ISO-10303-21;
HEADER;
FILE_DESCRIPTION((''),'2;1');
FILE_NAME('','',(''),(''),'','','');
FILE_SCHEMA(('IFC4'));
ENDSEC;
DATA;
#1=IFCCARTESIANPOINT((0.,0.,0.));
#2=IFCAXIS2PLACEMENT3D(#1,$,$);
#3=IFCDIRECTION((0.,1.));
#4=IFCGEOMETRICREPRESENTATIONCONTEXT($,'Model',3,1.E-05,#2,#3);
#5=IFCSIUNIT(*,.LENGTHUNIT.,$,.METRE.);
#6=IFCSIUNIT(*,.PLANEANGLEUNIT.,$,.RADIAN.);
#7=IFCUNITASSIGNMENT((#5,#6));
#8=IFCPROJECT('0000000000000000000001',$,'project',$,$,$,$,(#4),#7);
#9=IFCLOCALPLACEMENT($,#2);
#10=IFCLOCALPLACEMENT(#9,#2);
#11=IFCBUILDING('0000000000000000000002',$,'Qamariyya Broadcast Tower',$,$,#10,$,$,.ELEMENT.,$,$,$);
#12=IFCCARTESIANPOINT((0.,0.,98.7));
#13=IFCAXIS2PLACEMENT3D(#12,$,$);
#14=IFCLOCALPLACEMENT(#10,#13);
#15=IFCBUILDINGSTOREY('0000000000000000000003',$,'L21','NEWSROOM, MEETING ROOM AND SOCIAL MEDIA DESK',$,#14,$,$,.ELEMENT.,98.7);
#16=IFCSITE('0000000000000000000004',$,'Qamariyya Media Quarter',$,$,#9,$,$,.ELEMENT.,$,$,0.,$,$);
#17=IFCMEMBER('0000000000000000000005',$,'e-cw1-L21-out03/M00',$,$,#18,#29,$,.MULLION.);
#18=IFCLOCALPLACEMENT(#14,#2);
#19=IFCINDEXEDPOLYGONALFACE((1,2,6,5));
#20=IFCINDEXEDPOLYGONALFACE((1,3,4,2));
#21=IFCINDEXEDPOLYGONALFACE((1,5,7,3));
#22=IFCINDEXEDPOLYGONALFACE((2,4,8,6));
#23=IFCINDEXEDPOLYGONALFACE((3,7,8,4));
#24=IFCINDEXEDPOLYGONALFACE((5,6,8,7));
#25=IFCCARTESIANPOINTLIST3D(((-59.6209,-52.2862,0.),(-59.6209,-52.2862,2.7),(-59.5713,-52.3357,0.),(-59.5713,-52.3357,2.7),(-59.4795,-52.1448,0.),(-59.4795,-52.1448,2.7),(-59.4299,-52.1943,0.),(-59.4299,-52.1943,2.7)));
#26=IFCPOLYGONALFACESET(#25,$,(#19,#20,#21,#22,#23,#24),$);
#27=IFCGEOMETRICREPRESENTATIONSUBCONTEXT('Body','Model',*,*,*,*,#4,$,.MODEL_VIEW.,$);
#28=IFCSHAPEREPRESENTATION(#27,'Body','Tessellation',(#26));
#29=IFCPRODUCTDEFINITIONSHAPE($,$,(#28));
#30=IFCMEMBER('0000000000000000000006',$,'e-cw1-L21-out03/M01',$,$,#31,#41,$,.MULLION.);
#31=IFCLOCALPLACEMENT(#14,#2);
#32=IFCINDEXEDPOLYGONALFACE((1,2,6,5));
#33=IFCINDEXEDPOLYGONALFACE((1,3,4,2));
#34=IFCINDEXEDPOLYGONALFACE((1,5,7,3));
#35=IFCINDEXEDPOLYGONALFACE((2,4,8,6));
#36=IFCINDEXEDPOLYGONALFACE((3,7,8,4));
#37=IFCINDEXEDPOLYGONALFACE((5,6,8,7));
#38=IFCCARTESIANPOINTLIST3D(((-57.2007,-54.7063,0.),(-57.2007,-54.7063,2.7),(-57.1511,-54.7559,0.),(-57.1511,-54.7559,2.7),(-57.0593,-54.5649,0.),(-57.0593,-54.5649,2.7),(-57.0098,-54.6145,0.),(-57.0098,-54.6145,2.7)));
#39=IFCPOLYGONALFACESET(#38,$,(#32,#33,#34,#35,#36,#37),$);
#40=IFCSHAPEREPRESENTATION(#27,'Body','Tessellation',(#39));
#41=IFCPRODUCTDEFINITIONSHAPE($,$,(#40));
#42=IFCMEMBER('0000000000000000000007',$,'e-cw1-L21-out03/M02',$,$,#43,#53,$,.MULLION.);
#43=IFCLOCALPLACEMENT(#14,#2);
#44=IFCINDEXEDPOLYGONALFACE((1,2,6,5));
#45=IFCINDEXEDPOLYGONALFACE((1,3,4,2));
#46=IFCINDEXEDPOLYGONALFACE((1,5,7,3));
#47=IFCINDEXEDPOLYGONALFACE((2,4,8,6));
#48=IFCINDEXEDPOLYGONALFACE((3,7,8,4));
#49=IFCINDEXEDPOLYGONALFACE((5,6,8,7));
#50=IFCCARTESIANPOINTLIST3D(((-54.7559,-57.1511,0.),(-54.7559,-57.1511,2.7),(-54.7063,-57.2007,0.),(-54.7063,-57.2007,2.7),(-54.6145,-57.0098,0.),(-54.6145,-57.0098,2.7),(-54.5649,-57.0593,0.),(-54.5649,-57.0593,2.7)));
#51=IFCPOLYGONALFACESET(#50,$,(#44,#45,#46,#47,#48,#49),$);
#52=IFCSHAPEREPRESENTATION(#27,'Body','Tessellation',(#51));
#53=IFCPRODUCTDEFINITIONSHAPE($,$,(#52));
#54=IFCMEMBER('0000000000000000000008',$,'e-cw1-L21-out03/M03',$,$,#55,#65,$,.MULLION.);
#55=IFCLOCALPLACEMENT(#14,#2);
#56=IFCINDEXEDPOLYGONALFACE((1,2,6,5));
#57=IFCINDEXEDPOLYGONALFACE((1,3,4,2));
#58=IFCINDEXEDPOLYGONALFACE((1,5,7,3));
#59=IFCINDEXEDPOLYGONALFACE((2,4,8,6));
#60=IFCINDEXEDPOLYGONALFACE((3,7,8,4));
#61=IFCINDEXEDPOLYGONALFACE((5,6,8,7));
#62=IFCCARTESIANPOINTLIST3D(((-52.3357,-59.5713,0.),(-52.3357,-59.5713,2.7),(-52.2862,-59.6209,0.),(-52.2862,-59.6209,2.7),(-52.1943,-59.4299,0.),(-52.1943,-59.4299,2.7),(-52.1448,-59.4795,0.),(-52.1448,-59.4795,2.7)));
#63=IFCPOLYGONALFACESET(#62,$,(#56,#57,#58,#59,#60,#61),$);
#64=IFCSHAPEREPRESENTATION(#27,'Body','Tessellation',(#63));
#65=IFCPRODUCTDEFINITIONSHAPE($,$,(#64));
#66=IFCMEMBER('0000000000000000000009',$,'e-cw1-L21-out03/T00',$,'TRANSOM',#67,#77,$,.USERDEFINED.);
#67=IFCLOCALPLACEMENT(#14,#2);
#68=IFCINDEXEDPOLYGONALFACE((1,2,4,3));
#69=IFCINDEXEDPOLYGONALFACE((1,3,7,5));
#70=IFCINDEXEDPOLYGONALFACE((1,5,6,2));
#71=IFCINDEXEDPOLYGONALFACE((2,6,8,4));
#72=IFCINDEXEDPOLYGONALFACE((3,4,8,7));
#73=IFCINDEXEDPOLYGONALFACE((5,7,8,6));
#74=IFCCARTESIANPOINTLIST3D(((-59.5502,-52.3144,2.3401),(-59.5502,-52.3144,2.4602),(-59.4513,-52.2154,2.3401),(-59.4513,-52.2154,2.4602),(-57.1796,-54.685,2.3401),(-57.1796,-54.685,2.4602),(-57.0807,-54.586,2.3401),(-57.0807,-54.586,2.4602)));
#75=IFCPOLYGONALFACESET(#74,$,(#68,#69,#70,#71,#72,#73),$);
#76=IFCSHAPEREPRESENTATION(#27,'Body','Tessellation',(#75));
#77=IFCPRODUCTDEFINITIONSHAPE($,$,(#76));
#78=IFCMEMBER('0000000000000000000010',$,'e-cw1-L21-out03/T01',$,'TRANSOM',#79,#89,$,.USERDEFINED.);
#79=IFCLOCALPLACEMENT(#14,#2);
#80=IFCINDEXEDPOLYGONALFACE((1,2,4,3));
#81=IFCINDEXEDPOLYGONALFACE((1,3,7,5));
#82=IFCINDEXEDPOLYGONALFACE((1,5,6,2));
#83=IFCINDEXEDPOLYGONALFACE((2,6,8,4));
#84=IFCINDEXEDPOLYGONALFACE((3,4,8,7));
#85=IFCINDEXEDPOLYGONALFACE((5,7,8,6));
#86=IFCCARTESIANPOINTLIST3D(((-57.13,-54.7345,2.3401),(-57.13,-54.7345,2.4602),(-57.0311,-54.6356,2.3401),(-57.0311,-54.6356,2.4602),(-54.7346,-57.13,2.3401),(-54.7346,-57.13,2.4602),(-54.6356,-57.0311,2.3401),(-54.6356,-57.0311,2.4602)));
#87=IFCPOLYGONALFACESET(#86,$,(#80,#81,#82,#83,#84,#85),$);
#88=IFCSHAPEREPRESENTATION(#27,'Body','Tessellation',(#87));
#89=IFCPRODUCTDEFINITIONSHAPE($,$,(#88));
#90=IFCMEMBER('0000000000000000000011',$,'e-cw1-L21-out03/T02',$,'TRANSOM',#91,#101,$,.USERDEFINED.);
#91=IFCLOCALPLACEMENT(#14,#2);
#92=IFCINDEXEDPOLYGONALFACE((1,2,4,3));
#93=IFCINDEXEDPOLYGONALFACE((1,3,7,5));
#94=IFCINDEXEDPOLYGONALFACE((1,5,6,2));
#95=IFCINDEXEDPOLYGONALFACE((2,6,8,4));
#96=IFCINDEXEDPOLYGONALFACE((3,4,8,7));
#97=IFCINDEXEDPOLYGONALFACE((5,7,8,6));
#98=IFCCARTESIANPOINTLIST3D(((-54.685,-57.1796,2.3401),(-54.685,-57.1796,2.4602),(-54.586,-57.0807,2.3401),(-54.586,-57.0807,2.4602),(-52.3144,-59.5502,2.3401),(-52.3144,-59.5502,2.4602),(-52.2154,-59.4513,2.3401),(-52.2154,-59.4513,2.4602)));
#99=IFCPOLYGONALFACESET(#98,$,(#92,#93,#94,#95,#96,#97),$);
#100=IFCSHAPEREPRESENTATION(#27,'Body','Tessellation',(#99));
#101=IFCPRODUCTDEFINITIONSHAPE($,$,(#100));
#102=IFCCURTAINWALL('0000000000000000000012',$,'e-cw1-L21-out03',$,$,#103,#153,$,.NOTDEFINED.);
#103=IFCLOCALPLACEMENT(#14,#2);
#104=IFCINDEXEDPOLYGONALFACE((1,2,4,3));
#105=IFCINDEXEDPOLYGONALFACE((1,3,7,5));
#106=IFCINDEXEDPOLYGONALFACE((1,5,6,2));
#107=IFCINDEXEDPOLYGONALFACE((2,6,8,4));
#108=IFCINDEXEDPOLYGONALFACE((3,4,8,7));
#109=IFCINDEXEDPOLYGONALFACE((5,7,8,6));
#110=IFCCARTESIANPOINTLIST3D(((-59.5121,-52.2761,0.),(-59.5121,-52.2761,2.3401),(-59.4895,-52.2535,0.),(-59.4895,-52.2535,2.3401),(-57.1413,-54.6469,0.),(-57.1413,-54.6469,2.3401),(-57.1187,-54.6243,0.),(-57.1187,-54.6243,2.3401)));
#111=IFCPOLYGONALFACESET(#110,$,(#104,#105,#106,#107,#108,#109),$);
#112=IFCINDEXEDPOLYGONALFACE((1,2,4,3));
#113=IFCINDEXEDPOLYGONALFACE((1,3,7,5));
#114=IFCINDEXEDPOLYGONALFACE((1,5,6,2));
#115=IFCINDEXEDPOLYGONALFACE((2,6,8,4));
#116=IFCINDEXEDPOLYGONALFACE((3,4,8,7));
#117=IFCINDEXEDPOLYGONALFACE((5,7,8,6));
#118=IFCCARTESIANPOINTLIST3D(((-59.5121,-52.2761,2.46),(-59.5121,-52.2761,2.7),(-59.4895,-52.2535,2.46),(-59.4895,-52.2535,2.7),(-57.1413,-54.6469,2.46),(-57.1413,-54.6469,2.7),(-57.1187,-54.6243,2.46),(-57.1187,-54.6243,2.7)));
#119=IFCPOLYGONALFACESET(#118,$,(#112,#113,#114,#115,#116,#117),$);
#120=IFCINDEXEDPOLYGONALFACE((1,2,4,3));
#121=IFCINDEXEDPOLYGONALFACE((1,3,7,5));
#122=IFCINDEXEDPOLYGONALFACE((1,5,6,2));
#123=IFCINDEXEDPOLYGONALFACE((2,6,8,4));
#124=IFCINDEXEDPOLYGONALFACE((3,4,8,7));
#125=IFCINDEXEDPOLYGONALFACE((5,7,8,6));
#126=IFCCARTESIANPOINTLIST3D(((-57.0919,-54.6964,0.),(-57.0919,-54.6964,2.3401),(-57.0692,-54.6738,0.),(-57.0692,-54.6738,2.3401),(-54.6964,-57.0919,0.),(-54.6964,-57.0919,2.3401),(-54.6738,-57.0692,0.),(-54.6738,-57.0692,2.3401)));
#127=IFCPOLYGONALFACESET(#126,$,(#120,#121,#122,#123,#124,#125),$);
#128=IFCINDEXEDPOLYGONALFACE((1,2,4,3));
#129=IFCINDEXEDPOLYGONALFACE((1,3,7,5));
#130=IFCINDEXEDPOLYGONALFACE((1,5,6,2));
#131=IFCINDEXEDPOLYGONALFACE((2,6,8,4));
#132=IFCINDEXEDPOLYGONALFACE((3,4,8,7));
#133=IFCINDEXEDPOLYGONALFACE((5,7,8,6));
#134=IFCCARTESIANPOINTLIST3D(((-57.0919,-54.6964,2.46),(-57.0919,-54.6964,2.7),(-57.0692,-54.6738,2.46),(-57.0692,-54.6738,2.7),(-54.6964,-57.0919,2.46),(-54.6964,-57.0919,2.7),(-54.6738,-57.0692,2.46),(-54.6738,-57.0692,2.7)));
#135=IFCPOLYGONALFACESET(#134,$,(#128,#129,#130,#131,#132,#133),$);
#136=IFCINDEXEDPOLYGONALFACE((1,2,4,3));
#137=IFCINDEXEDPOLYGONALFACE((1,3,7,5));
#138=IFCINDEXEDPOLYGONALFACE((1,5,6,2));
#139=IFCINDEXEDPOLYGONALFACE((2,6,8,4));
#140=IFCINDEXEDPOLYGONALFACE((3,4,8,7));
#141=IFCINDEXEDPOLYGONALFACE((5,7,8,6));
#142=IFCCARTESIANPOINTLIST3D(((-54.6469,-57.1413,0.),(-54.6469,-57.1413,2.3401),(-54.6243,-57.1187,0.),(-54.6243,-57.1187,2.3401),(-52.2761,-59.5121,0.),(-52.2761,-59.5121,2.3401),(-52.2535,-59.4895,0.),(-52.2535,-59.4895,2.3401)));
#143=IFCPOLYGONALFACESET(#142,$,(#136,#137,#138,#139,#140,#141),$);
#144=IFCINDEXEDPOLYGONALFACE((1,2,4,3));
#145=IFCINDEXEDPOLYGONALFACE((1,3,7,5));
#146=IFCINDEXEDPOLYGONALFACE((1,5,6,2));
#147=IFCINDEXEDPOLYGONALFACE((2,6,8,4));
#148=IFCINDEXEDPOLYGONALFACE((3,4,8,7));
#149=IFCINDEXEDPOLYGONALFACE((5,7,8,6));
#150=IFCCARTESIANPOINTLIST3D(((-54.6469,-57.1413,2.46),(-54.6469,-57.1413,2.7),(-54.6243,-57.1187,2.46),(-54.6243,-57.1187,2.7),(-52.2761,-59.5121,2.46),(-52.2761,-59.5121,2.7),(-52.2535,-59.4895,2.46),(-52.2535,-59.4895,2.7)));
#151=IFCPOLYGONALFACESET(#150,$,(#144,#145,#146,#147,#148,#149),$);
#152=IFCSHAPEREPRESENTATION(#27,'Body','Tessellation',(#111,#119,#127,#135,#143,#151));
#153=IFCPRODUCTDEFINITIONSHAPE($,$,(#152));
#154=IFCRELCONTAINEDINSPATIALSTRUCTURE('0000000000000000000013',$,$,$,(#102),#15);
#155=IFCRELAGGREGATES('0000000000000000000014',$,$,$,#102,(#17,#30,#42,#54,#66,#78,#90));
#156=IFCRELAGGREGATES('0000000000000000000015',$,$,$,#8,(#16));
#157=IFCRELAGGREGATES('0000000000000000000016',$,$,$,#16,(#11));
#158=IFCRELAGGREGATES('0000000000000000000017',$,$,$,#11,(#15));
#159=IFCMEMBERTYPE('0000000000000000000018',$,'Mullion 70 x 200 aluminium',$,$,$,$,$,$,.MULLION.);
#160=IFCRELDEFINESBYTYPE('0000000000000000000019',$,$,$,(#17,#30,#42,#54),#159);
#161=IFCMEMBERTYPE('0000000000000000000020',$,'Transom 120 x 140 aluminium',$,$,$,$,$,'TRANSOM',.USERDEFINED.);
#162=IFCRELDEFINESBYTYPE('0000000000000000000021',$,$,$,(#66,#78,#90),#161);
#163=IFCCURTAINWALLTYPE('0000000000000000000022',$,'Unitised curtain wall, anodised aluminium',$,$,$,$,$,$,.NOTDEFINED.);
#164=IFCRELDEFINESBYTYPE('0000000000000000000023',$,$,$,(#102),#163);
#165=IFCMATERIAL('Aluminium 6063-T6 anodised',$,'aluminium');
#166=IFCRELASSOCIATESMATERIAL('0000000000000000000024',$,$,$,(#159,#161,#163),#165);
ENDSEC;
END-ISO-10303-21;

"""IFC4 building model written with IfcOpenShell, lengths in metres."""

from ifc_helpers import new_model, si_unit, direction, frame, origin, origin_2d, place, context, subcontext, project, spatial, rectangle, extrude, material, material_profile, profile_set, type_object, element, aggregate, save


model = new_model("IFC4")

# Units and contexts
model_context = context("Model", 3, precision=1e-05, world=origin(), true_north=direction((0.0, 1.0)))
body_context = subcontext(model_context, "Body", "Model", "MODEL_VIEW")
ifc_project = project(units=[si_unit("LENGTHUNIT", "METRE"), si_unit("PLANEANGLEUNIT", "RADIAN")], contexts=[model_context])

# Members
ifc_material_1 = material(Name="Aluminium 6063-T6 anodised", Category="aluminium")
ifc_material_profile_1 = material_profile(ifc_material_1, rectangle(XDim=0.2, YDim=0.0701, at=origin_2d()))
ifc_profile_set_1 = profile_set([ifc_material_profile_1], Name="Aluminium 6063-T6 anodised")
member_type_1 = type_object("IfcMemberType", Name="Mullion 70 x 200 aluminium", PredefinedType="MULLION", material=ifc_profile_set_1)
site_placement = place(None, origin())
building_placement = place(site_placement, origin())
storey_placement = place(building_placement, frame((0.0, 0.0, 98.7)))
member_1_placement = place(storey_placement, frame((-59.5254, -52.2402, 0.0), z_axis=(0.0, 0.0, 1.0), x_axis=(0.707107, 0.707107, 0.0)))
member_1 = element("IfcMember", 1, at=member_1_placement, type_object=member_type_1, Name="e-cw1-L21-out03/M00", PredefinedType="MULLION", context=body_context, shape_type="SweptSolid", body=[
    extrude(rectangle(XDim=0.2, YDim=0.0701, at=origin_2d()), origin(), (0.0, 0.0, 1.0), 2.7),
])
member_2_placement = place(storey_placement, frame((-57.1052, -54.6604, 0.0), z_axis=(0.0, 0.0, 1.0), x_axis=(0.707107, 0.707107, 0.0)))
member_2 = element("IfcMember", 2, at=member_2_placement, type_object=member_type_1, Name="e-cw1-L21-out03/M01", PredefinedType="MULLION", context=body_context, shape_type="SweptSolid", body=[
    extrude(rectangle(XDim=0.2, YDim=0.0701, at=origin_2d()), origin(), (0.0, 0.0, 1.0), 2.7),
])
member_3_placement = place(storey_placement, frame((-54.6604, -57.1052, 0.0), z_axis=(0.0, 0.0, 1.0), x_axis=(0.707107, 0.707107, 0.0)))
member_3 = element("IfcMember", 3, at=member_3_placement, type_object=member_type_1, Name="e-cw1-L21-out03/M02", PredefinedType="MULLION", context=body_context, shape_type="SweptSolid", body=[
    extrude(rectangle(XDim=0.2, YDim=0.0701, at=origin_2d()), origin(), (0.0, 0.0, 1.0), 2.7),
])
member_4_placement = place(storey_placement, frame((-52.2402, -59.5254, 0.0), z_axis=(0.0, 0.0, 1.0), x_axis=(0.707107, 0.707107, 0.0)))
member_4 = element("IfcMember", 4, at=member_4_placement, type_object=member_type_1, Name="e-cw1-L21-out03/M03", PredefinedType="MULLION", context=body_context, shape_type="SweptSolid", body=[
    extrude(rectangle(XDim=0.2, YDim=0.0701, at=origin_2d()), origin(), (0.0, 0.0, 1.0), 2.7),
])
ifc_material_profile_2 = material_profile(ifc_material_1, rectangle(XDim=0.1399, YDim=0.1201, at=origin_2d()))
ifc_profile_set_2 = profile_set([ifc_material_profile_2], Name="Aluminium 6063-T6 anodised")
member_type_2 = type_object("IfcMemberType", Name="Transom 120 x 140 aluminium", ElementType="TRANSOM", PredefinedType="USERDEFINED", material=ifc_profile_set_2)
member_5_placement = place(storey_placement, frame((-59.5007, -52.2649, 2.4001), z_axis=(0.707107, -0.707107, 0.0), x_axis=(0.707107, 0.707107, 0.0)))
member_5 = element("IfcMember", 5, at=member_5_placement, type_object=member_type_2, Name="e-cw1-L21-out03/T00", ObjectType="TRANSOM", PredefinedType="USERDEFINED", context=body_context, shape_type="SweptSolid", body=[
    extrude(rectangle(XDim=0.1399, YDim=0.1201, at=origin_2d()), origin(), (0.0, 0.0, 1.0), 3.3525),
])
member_6_placement = place(storey_placement, frame((-57.0806, -54.6851, 2.4001), z_axis=(0.707107, -0.707107, 0.0), x_axis=(0.707107, 0.707107, 0.0)))
member_6 = element("IfcMember", 6, at=member_6_placement, type_object=member_type_2, Name="e-cw1-L21-out03/T01", ObjectType="TRANSOM", PredefinedType="USERDEFINED", context=body_context, shape_type="SweptSolid", body=[
    extrude(rectangle(XDim=0.1399, YDim=0.1201, at=origin_2d()), origin(), (0.0, 0.0, 1.0), 3.3877),
])
member_7_placement = place(storey_placement, frame((-54.6355, -57.1301, 2.4001), z_axis=(0.707107, -0.707107, 0.0), x_axis=(0.707107, 0.707107, 0.0)))
member_7 = element("IfcMember", 7, at=member_7_placement, type_object=member_type_2, Name="e-cw1-L21-out03/T02", ObjectType="TRANSOM", PredefinedType="USERDEFINED", context=body_context, shape_type="SweptSolid", body=[
    extrude(rectangle(XDim=0.1399, YDim=0.1201, at=origin_2d()), origin(), (0.0, 0.0, 1.0), 3.3525),
])

# Site, building, storey
site = spatial("IfcSite", under=ifc_project, at=site_placement, Name="Qamariyya Media Quarter", CompositionType="ELEMENT", RefElevation=0.0)
building = spatial("IfcBuilding", under=site, at=building_placement, Name="Qamariyya Broadcast Tower", CompositionType="ELEMENT")
storey = spatial("IfcBuildingStorey", under=building, at=storey_placement, Name="L21", Description="NEWSROOM, MEETING ROOM AND SOCIAL MEDIA DESK", CompositionType="ELEMENT", Elevation=98.7)

# Curtain wall
curtain_wall_type = type_object("IfcCurtainWallType", Name="Unitised curtain wall, anodised aluminium", PredefinedType="NOTDEFINED", material=ifc_material_1)
curtain_wall_1_placement = place(storey_placement, origin())
curtain_wall_1 = element("IfcCurtainWall", 8, at=curtain_wall_1_placement, inside=storey, type_object=curtain_wall_type, Name="e-cw1-L21-out03", PredefinedType="NOTDEFINED", context=body_context, shape_type="SweptSolid", body=[
    extrude(rectangle(XDim=3.3528, YDim=0.032, at=origin_2d()), frame((-58.3154, -53.4502, 0.0), x_axis=(0.707107, -0.707107, 0.0)), (0.0, 0.0, 1.0), 2.3401),
    extrude(rectangle(XDim=3.3528, YDim=0.032, at=origin_2d()), frame((-58.3154, -53.4502, 2.46), x_axis=(0.707107, -0.707107, 0.0)), (0.0, 0.0, 1.0), 0.24),
    extrude(rectangle(XDim=3.3877, YDim=0.032, at=origin_2d()), frame((-55.8828, -55.8828, 0.0), x_axis=(0.707107, -0.707107, 0.0)), (0.0, 0.0, 1.0), 2.3401),
    extrude(rectangle(XDim=3.3877, YDim=0.032, at=origin_2d()), frame((-55.8828, -55.8828, 2.46), x_axis=(0.707107, -0.707107, 0.0)), (0.0, 0.0, 1.0), 0.24),
    extrude(rectangle(XDim=3.3528, YDim=0.032, at=origin_2d()), frame((-53.4502, -58.3154, 0.0), x_axis=(0.707107, -0.707107, 0.0)), (0.0, 0.0, 1.0), 2.3401),
    extrude(rectangle(XDim=3.3528, YDim=0.032, at=origin_2d()), frame((-53.4502, -58.3154, 2.46), x_axis=(0.707107, -0.707107, 0.0)), (0.0, 0.0, 1.0), 0.24),
])
aggregate(curtain_wall_1, [member_1, member_2, member_3, member_4, member_5, member_6, member_7])

save(model, "model.ifc")
